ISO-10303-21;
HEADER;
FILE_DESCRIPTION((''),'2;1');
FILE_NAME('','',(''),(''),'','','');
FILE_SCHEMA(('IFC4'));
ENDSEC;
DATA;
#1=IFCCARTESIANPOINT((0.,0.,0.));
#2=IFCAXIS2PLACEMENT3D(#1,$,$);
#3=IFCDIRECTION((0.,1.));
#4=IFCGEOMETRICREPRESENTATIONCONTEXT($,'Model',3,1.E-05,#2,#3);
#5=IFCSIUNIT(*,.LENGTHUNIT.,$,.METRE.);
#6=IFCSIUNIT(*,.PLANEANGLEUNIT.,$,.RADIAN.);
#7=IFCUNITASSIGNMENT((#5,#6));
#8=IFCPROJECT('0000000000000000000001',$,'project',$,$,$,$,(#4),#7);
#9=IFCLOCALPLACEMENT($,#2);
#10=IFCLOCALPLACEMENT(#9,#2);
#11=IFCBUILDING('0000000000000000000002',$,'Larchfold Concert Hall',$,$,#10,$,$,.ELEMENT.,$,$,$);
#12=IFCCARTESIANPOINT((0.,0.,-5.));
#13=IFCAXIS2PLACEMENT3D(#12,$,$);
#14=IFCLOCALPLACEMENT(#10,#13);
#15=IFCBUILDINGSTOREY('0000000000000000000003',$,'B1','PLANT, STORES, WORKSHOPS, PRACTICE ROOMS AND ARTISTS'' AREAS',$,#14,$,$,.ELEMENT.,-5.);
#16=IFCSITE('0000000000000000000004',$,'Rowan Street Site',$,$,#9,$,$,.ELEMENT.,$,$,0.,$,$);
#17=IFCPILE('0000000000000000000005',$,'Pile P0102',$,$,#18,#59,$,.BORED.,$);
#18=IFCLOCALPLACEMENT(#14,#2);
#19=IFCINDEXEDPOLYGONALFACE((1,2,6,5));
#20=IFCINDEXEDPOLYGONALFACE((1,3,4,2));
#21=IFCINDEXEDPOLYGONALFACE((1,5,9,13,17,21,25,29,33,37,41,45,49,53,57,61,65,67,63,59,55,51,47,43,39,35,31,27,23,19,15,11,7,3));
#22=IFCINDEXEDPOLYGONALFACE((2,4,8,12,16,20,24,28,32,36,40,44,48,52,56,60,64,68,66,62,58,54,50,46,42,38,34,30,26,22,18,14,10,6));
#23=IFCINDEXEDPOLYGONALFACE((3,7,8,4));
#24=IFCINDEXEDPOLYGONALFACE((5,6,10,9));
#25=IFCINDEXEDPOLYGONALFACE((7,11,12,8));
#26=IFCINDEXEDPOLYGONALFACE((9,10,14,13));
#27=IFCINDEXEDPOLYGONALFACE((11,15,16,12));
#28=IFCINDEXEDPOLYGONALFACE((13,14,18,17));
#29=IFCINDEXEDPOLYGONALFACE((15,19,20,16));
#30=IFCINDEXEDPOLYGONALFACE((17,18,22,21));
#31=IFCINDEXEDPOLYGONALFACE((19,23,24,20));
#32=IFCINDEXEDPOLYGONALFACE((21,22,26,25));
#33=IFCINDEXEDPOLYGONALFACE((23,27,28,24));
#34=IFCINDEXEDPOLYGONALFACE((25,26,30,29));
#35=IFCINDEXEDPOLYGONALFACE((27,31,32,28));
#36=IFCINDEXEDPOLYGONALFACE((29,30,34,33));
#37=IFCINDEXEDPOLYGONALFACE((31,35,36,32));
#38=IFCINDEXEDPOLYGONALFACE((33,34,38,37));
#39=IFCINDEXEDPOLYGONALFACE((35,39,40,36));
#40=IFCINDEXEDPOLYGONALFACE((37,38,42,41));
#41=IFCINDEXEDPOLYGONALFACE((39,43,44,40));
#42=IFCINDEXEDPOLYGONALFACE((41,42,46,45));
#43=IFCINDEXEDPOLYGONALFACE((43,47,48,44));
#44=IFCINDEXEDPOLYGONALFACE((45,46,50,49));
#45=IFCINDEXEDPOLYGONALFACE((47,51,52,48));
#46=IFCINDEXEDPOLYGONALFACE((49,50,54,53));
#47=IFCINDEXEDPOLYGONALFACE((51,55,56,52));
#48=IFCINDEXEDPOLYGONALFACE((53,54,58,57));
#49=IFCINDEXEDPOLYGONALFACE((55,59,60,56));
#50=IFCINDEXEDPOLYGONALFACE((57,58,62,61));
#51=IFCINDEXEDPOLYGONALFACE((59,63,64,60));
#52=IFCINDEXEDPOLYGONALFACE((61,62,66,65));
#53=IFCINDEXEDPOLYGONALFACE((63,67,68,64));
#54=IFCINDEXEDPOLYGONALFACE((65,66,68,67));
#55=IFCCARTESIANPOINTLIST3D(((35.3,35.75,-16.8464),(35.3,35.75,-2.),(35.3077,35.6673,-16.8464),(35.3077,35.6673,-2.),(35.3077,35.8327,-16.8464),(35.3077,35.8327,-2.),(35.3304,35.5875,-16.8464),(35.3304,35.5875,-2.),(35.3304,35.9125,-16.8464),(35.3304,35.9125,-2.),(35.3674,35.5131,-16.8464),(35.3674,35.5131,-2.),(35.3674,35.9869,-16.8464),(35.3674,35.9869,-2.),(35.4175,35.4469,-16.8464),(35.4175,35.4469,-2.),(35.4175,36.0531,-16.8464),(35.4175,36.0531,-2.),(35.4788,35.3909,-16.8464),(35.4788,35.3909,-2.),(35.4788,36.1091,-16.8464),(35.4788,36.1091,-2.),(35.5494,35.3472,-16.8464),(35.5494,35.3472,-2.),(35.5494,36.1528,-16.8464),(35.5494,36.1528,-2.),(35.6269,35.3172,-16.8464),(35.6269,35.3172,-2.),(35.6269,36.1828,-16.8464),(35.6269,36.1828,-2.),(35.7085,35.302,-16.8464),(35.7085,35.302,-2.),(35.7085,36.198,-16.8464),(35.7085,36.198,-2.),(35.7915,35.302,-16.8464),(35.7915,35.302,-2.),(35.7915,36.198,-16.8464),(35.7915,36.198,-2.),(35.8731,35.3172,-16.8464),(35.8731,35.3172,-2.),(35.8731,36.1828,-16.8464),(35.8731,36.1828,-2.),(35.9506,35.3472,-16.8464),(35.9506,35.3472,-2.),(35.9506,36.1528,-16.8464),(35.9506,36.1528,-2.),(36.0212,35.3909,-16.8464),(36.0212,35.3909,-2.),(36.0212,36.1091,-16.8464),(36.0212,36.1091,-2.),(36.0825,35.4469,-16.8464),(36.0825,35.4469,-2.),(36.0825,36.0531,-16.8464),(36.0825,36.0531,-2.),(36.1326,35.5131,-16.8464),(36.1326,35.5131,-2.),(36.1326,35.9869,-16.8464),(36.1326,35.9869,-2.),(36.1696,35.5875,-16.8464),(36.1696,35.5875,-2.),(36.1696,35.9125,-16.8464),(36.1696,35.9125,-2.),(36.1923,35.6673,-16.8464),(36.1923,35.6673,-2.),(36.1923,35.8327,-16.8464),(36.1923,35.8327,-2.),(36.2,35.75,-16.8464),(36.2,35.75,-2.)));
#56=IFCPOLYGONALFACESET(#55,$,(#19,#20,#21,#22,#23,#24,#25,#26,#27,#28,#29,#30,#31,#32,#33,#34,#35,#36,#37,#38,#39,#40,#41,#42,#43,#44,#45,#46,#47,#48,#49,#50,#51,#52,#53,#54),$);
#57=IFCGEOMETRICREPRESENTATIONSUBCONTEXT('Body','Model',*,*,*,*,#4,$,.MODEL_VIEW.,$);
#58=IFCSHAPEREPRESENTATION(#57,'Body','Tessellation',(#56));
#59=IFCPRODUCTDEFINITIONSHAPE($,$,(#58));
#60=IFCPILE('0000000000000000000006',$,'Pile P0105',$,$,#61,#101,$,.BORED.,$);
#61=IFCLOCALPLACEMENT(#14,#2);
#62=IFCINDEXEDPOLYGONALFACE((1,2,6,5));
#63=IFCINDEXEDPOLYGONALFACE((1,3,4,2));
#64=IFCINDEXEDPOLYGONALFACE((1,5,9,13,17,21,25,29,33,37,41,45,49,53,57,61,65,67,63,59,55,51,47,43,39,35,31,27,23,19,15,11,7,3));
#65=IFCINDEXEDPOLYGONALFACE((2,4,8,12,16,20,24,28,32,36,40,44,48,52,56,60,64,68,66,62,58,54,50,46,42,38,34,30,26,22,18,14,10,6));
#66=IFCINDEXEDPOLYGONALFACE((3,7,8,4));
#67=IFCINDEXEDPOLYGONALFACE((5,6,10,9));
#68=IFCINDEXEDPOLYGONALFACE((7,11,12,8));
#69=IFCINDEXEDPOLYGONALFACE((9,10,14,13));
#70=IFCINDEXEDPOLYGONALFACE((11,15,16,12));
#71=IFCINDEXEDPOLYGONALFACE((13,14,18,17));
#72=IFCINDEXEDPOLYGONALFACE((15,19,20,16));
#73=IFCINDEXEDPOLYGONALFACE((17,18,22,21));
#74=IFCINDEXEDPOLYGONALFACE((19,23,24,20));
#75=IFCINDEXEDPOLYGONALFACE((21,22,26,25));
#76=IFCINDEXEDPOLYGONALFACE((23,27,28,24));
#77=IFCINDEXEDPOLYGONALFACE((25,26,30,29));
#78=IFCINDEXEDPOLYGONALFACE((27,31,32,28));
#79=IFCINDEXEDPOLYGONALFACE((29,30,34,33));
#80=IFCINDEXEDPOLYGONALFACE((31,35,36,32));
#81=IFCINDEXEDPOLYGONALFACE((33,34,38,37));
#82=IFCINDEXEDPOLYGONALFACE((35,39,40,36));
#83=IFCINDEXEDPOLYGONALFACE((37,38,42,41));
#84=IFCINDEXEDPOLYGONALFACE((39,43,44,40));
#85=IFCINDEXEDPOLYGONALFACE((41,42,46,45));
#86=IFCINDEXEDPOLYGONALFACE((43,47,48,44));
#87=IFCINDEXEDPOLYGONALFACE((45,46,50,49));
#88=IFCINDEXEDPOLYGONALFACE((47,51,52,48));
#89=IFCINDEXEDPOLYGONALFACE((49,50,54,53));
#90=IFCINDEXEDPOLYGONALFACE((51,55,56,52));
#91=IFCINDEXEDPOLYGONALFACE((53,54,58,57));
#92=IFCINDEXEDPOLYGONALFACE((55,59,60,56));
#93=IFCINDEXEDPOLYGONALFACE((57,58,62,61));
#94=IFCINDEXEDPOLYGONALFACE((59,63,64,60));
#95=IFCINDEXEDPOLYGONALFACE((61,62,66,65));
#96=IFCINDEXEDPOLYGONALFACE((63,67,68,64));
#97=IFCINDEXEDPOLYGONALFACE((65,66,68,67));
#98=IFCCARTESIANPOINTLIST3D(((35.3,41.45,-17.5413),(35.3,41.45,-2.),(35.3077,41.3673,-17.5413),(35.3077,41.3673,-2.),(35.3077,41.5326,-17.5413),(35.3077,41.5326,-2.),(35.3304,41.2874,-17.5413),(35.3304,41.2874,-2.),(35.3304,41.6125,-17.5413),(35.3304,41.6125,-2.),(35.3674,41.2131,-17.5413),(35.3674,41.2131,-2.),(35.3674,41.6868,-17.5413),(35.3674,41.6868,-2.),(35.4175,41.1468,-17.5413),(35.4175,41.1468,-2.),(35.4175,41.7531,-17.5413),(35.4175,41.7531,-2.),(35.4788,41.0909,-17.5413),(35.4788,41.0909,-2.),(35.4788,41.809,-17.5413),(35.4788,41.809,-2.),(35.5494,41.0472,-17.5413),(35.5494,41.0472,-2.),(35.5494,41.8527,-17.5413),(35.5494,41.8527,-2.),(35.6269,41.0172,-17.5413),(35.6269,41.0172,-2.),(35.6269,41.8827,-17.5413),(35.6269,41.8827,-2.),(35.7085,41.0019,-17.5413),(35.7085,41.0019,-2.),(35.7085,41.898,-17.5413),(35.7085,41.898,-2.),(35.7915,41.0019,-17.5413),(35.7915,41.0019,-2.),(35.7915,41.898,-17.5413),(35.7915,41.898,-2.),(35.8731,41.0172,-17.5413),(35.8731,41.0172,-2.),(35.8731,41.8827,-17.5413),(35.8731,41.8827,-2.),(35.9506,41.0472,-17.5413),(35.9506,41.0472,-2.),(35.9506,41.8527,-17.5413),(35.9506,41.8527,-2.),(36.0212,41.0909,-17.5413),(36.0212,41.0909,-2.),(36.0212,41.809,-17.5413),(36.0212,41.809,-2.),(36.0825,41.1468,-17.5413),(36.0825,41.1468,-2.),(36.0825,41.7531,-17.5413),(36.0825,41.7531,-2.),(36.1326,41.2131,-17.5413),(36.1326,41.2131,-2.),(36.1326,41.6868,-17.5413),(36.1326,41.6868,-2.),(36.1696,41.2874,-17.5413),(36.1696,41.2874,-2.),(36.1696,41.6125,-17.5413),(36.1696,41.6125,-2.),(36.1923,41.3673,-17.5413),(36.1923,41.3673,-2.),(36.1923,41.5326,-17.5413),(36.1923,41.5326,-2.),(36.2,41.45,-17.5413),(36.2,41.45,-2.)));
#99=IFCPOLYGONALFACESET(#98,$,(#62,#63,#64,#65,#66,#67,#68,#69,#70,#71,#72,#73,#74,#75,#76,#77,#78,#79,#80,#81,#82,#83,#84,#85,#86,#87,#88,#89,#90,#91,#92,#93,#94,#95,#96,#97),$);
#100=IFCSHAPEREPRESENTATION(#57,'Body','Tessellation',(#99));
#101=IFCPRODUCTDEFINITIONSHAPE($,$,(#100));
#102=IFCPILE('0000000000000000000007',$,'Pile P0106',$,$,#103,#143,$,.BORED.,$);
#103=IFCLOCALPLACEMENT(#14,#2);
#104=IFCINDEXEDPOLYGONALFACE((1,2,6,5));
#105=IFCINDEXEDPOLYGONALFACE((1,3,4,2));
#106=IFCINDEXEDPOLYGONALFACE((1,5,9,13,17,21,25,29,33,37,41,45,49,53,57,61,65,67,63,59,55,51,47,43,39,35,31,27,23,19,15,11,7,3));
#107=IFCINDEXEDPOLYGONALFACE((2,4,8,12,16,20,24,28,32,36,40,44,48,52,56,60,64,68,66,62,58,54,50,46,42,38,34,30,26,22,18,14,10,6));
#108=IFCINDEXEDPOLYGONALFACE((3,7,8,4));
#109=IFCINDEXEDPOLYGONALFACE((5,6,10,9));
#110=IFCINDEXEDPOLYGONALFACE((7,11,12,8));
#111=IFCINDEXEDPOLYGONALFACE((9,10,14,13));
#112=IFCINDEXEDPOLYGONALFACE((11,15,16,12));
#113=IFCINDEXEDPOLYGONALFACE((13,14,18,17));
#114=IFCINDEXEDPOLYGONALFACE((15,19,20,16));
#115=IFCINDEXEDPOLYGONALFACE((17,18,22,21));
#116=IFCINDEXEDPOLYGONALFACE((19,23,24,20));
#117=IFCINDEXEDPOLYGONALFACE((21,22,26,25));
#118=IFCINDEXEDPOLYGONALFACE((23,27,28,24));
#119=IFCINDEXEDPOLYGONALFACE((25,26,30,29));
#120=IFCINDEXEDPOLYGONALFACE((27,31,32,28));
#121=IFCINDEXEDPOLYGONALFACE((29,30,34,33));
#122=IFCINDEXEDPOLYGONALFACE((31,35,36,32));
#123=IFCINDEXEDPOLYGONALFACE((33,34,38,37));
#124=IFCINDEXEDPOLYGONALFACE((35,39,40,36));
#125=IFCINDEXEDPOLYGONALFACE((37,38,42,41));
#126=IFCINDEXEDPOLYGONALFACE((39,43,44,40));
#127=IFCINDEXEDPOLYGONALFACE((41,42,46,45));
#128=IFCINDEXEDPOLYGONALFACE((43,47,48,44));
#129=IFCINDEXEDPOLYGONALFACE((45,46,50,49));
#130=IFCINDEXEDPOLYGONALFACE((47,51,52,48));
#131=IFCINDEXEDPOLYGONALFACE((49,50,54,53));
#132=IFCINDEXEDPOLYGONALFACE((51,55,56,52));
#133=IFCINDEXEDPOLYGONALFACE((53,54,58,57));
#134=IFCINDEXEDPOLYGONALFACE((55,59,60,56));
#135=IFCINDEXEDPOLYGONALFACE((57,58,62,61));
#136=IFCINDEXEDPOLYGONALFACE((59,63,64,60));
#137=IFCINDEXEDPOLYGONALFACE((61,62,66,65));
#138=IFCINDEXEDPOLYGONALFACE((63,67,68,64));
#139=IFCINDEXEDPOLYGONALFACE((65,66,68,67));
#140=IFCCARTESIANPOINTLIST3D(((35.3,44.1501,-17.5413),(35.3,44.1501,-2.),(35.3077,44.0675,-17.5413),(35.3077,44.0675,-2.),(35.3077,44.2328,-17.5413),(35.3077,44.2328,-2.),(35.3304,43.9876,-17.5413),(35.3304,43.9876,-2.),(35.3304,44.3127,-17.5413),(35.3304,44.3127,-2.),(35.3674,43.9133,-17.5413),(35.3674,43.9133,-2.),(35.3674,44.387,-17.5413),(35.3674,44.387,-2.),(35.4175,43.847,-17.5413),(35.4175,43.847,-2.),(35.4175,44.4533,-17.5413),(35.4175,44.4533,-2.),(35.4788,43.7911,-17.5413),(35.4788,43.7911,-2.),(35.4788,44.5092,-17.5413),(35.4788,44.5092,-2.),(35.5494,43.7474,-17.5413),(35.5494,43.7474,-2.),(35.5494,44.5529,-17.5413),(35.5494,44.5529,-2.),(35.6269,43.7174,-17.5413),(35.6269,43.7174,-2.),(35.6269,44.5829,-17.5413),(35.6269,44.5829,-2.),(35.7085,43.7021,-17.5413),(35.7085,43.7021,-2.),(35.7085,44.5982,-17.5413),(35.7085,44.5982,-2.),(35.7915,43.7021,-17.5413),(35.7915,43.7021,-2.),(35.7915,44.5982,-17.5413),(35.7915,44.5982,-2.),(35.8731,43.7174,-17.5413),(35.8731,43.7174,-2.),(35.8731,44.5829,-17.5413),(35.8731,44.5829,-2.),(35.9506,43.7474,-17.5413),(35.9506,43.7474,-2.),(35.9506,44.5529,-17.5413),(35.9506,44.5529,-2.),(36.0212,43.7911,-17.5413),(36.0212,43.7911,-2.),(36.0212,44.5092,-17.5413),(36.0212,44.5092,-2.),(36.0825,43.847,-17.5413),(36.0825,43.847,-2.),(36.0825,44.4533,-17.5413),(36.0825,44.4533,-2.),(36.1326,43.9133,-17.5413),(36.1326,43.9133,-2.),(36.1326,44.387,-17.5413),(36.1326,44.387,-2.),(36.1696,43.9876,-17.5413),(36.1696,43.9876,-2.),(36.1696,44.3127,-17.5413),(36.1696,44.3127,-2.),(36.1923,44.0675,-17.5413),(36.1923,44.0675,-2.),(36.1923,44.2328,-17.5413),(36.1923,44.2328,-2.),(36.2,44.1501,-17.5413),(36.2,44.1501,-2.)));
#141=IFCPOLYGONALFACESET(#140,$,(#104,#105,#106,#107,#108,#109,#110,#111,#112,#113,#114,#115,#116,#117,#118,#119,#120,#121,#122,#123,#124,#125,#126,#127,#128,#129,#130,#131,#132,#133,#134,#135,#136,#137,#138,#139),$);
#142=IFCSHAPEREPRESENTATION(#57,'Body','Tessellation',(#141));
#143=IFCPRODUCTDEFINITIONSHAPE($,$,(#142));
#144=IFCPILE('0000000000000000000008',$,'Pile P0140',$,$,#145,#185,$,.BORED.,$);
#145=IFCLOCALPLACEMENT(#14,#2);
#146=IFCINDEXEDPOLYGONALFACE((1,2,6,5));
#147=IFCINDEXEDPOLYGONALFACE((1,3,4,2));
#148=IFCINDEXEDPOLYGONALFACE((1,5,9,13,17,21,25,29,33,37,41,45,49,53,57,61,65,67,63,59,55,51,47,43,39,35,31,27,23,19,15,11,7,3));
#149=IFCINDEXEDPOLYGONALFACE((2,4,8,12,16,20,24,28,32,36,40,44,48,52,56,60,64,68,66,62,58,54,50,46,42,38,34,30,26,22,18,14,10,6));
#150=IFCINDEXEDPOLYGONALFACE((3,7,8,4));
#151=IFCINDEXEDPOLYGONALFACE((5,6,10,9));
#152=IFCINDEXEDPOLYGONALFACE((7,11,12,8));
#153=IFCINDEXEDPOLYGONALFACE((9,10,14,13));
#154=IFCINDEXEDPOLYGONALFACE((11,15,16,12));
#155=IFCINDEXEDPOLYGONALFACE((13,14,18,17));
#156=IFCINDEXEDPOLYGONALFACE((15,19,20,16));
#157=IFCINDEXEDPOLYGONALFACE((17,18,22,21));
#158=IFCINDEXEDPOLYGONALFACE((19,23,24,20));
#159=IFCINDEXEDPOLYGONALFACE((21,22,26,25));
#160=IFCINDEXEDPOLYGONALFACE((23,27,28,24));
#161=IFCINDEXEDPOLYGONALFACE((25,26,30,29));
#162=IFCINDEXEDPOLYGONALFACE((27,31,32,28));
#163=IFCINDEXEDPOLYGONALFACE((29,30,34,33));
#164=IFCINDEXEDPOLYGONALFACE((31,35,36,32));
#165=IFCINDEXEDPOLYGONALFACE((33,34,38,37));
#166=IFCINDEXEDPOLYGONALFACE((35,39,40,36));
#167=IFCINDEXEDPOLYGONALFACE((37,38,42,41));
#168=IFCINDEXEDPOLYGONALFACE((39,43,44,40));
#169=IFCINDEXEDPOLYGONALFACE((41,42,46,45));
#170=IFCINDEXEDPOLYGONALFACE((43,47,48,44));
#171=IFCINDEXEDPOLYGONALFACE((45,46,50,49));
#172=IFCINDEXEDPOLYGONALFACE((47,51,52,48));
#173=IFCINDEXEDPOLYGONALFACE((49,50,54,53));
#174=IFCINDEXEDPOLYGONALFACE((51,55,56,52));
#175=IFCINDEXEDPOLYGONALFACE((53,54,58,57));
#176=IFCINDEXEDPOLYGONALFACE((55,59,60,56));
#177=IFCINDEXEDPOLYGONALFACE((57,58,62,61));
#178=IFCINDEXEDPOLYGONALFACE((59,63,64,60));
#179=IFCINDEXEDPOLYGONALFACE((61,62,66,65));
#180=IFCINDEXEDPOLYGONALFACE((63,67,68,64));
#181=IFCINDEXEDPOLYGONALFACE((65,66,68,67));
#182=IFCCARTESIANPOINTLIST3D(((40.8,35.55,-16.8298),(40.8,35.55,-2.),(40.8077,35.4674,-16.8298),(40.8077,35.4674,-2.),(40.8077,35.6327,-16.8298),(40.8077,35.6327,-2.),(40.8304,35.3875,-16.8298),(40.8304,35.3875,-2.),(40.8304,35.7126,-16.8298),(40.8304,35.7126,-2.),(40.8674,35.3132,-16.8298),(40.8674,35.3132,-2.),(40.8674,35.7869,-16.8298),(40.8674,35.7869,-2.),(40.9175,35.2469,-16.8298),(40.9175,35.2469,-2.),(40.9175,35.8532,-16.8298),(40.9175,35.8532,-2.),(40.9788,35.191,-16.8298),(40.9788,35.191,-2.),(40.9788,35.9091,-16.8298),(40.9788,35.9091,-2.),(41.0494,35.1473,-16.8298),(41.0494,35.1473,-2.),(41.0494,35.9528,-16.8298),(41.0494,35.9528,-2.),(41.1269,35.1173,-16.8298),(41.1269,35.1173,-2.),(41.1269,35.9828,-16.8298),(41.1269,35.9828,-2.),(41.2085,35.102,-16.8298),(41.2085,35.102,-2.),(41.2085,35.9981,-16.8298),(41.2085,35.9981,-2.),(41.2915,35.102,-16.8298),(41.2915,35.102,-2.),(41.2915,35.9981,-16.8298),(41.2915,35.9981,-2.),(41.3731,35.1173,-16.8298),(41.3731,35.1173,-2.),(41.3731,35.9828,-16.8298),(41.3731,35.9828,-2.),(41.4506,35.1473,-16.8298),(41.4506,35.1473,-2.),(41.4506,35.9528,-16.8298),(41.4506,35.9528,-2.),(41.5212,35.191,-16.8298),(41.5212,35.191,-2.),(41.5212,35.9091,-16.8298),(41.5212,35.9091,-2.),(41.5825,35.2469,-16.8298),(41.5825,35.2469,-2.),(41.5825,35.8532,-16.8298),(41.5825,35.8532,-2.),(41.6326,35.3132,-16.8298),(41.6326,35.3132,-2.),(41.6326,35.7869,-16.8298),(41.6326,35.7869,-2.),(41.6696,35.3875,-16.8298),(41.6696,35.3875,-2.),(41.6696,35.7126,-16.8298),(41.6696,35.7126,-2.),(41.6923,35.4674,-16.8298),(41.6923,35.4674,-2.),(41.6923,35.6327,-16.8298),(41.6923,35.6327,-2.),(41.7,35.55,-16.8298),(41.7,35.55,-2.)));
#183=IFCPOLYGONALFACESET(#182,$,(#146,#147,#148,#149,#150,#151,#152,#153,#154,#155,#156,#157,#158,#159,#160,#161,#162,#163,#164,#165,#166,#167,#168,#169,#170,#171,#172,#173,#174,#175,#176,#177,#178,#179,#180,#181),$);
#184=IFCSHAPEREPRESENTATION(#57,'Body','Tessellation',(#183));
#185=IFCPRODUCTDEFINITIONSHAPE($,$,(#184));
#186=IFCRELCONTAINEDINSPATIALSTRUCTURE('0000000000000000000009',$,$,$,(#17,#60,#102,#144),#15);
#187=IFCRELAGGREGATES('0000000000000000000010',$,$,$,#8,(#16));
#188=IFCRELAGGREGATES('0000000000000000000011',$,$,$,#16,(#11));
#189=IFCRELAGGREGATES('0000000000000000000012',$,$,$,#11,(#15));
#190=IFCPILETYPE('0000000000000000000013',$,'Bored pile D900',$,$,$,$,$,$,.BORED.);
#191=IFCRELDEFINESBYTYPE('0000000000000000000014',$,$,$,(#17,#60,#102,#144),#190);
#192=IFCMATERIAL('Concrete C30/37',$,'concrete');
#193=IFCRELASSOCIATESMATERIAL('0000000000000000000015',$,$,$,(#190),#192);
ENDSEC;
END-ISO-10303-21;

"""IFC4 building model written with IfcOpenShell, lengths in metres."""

from ifc_helpers import new_model, si_unit, direction, frame, origin, origin_2d, place, context, subcontext, project, spatial, circle, extrude, material, material_profile, profile_set, type_object, element, save


model = new_model("IFC4")

# Units and contexts
model_context = context("Model", 3, precision=1e-05, world=origin(), true_north=direction((0.0, 1.0)))
body_context = subcontext(model_context, "Body", "Model", "MODEL_VIEW")
ifc_project = project(units=[si_unit("LENGTHUNIT", "METRE"), si_unit("PLANEANGLEUNIT", "RADIAN")], contexts=[model_context])

# Site, building, storey
site_placement = place(None, origin())
site = spatial("IfcSite", under=ifc_project, at=site_placement, Name="Rowan Street Site", CompositionType="ELEMENT", RefElevation=0.0)
building_placement = place(site_placement, origin())
building = spatial("IfcBuilding", under=site, at=building_placement, Name="Larchfold Concert Hall", CompositionType="ELEMENT")
storey_placement = place(building_placement, frame((0.0, 0.0, -5.0)))
storey = spatial("IfcBuildingStorey", under=building, at=storey_placement, Name="B1", Description="PLANT, STORES, WORKSHOPS, PRACTICE ROOMS AND ARTISTS' AREAS", CompositionType="ELEMENT", Elevation=-5.0)

# Piles
ifc_material_1 = material(Name="Concrete C30/37", Category="concrete")
ifc_material_profile = material_profile(ifc_material_1, circle(Radius=0.45, at=origin_2d()))
ifc_profile_set = profile_set([ifc_material_profile], Name="Concrete C30/37")
pile_type = type_object("IfcPileType", Name="Bored pile D900", PredefinedType="BORED", material=ifc_profile_set)
pile_1_placement = place(storey_placement, frame((35.75, 35.75, -2.0), z_axis=(0.0, 0.0, -1.0), x_axis=(1.0, 0.0, 0.0)))
element("IfcPile", 1, at=pile_1_placement, inside=storey, type_object=pile_type, Name="Pile P0102", PredefinedType="BORED", context=body_context, shape_type="SweptSolid", body=[
    extrude(circle(Radius=0.45, at=origin_2d()), origin(), (0.0, 0.0, 1.0), 14.8464),
])
for number, where, z_axis, x_axis, name in (
    (2, (35.75, 41.45, -2.0), (0.0, 0.0, -1.0), (1.0, 0.0, 0.0), "Pile P0105"),
    (3, (35.75, 44.1501, -2.0), (0.0, 0.0, -1.0), (1.0, 0.0, 0.0), "Pile P0106"),
):
    element("IfcPile", number, at=place(storey_placement, frame(where, z_axis=z_axis, x_axis=x_axis)), inside=storey, type_object=pile_type, Name=name, PredefinedType="BORED", context=body_context, shape_type="SweptSolid", body=[
        extrude(circle(Radius=0.45, at=origin_2d()), origin(), (0.0, 0.0, 1.0), 15.5413),
    ])
pile_2_placement = place(storey_placement, frame((41.25, 35.55, -2.0), z_axis=(0.0, 0.0, -1.0), x_axis=(1.0, 0.0, 0.0)))
element("IfcPile", 4, at=pile_2_placement, inside=storey, type_object=pile_type, Name="Pile P0140", PredefinedType="BORED", context=body_context, shape_type="SweptSolid", body=[
    extrude(circle(Radius=0.45, at=origin_2d()), origin(), (0.0, 0.0, 1.0), 14.8298),
])

save(model, "model.ifc")
